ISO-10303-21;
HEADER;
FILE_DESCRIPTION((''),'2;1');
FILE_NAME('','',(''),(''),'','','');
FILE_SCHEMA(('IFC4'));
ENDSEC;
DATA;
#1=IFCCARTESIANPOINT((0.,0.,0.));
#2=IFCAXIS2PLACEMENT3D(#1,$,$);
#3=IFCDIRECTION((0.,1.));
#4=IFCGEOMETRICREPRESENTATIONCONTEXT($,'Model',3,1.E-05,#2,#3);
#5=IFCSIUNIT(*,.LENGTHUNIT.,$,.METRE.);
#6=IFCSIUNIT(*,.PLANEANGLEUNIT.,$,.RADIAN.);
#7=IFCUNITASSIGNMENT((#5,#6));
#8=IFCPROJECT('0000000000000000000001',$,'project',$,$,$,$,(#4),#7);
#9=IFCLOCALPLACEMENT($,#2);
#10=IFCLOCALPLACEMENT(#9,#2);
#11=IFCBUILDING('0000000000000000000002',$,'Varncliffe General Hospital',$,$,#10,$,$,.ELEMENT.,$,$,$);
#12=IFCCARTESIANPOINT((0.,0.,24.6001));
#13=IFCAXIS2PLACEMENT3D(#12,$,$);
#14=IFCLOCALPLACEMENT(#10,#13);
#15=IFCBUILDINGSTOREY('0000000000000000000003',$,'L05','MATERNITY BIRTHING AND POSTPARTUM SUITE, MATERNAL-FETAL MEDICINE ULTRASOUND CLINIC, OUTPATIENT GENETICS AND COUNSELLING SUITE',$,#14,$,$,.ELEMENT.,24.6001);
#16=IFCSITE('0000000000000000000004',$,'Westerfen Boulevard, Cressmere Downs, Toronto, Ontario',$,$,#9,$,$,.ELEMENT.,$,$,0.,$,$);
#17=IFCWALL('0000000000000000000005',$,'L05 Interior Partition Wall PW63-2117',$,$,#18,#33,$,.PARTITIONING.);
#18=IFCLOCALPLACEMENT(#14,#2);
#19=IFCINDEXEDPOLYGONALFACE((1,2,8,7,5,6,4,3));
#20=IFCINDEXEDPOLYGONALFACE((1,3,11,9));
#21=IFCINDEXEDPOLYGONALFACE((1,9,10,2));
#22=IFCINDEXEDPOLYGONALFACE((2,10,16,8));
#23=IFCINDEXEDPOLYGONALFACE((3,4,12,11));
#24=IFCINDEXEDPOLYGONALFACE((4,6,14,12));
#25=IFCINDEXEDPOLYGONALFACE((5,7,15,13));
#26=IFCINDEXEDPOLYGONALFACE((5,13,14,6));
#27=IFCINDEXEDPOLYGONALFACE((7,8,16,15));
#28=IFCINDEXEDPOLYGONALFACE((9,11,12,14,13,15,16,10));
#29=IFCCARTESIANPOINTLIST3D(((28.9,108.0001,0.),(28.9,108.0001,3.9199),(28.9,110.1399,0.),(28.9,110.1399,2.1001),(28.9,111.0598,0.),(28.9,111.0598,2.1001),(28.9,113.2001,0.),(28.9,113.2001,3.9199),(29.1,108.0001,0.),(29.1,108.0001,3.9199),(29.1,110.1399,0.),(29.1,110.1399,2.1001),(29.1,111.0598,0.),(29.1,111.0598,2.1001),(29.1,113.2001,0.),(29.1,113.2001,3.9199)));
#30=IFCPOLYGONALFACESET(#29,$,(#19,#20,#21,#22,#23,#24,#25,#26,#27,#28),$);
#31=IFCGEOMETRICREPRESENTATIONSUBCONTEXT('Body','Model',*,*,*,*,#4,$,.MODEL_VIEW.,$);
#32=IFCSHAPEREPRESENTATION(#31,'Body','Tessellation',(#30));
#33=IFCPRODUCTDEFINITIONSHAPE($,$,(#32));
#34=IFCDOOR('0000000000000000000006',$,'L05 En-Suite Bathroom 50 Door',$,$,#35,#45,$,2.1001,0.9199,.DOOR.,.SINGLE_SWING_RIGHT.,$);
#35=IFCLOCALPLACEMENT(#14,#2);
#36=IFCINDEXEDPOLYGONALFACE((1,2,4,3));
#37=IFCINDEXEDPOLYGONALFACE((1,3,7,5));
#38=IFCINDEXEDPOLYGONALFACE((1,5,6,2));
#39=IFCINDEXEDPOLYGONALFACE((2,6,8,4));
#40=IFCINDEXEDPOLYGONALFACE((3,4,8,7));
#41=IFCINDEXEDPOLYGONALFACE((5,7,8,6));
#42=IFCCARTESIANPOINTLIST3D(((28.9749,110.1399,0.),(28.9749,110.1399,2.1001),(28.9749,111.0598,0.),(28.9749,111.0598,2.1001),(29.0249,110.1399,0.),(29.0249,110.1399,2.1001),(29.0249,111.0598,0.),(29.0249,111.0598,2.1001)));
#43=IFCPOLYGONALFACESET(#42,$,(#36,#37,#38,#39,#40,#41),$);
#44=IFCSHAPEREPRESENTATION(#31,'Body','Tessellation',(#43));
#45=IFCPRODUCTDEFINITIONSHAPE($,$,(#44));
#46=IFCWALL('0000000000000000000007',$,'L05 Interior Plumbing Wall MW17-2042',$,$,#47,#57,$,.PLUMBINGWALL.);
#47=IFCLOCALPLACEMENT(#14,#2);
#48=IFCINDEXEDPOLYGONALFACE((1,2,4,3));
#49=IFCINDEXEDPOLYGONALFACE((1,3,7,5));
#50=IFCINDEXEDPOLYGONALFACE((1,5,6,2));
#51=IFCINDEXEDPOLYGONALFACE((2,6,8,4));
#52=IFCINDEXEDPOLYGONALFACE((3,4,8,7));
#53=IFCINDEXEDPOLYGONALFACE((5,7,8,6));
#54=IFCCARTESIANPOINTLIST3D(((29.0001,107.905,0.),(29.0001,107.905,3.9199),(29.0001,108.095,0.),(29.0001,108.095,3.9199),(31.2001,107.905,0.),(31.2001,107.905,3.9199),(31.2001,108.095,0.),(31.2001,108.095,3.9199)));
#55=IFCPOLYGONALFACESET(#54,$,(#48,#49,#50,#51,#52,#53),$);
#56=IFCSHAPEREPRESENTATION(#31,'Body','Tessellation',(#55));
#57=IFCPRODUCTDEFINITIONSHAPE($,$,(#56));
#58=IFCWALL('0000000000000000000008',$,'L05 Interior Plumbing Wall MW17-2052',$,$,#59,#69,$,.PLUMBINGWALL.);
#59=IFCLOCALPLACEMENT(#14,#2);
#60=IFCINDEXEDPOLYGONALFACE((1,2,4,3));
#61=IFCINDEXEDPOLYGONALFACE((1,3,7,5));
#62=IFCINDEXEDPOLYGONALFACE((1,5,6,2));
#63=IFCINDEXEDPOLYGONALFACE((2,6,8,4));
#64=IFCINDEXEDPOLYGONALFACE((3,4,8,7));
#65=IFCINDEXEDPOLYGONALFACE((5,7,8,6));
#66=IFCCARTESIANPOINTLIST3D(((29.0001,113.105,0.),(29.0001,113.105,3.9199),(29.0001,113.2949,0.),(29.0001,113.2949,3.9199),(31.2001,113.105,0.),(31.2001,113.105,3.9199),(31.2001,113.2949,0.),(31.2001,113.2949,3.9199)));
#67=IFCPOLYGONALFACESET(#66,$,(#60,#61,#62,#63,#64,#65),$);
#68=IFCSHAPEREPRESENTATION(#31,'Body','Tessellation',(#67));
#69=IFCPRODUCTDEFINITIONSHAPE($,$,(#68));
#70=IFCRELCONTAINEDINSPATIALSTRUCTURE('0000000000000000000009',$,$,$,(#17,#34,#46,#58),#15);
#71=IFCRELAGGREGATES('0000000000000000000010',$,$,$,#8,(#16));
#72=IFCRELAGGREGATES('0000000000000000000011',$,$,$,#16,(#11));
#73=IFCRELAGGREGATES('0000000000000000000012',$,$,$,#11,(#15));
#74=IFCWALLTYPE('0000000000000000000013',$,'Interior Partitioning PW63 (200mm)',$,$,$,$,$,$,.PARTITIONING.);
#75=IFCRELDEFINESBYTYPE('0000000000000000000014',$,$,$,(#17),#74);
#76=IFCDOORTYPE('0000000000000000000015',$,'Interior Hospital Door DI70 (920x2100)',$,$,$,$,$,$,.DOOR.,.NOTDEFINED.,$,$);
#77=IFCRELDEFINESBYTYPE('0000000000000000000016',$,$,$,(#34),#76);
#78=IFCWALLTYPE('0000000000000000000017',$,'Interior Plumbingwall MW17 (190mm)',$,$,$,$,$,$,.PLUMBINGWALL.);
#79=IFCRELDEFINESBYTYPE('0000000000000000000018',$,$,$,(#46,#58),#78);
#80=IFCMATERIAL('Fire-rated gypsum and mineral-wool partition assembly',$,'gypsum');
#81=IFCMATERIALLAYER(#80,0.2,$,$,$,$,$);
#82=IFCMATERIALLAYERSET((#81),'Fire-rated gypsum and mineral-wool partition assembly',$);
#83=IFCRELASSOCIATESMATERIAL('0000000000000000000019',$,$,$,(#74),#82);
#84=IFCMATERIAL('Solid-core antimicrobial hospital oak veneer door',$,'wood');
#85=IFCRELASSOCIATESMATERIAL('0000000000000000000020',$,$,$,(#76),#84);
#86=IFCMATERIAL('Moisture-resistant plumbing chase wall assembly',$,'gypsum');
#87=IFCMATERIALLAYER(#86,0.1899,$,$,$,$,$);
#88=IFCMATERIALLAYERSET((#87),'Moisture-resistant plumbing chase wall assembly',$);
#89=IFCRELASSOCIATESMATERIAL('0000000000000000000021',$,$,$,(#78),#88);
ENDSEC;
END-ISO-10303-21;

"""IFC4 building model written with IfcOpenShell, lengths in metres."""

from ifc_helpers import new_model, si_unit, direction, frame, frame_2d, origin, place, context, subcontext, project, spatial, rectangle, extrude, material, layer, layer_set, type_object, element, fill, save


model = new_model("IFC4")

# Units and contexts
model_context = context("Model", 3, precision=1e-05, world=origin(), true_north=direction((0.0, 1.0)))
body_context = subcontext(model_context, "Body", "Model", "MODEL_VIEW")
ifc_project = project(units=[si_unit("LENGTHUNIT", "METRE"), si_unit("PLANEANGLEUNIT", "RADIAN")], contexts=[model_context])

# Site, building, storey
site_placement = place(None, origin())
site = spatial("IfcSite", under=ifc_project, at=site_placement, Name="Westerfen Boulevard, Cressmere Downs, Toronto, Ontario", CompositionType="ELEMENT", RefElevation=0.0)
building_placement = place(site_placement, origin())
building = spatial("IfcBuilding", under=site, at=building_placement, Name="Varncliffe General Hospital", CompositionType="ELEMENT")
storey_placement = place(building_placement, frame((0.0, 0.0, 24.6001)))
storey = spatial("IfcBuildingStorey", under=building, at=storey_placement, Name="L05", Description="MATERNITY BIRTHING AND POSTPARTUM SUITE, MATERNAL-FETAL MEDICINE ULTRASOUND CLINIC, OUTPATIENT GENETICS AND COUNSELLING SUITE", CompositionType="ELEMENT", Elevation=24.6001)

# Shared definitions
ifc_material_1 = material(Name="Fire-rated gypsum and mineral-wool partition assembly", Category="gypsum")

# Wall, opening, door
ifc_layer_1 = layer(ifc_material_1, 0.2)
ifc_layer_set_1 = layer_set([ifc_layer_1], Name="Fire-rated gypsum and mineral-wool partition assembly")
wall_type_1 = type_object("IfcWallType", Name="Interior Partitioning PW63 (200mm)", PredefinedType="PARTITIONING", material=ifc_layer_set_1)
wall_1_placement = place(storey_placement, frame((29.0, 108.0, 0.0), z_axis=(0.0, 0.0, 1.0), x_axis=(0.0, 1.0, 0.0)))
wall_1 = element("IfcWall", 1, at=wall_1_placement, inside=storey, type_object=wall_type_1, Name="L05 Interior Partition Wall PW63-2117", PredefinedType="PARTITIONING", context=body_context, shape_type="SweptSolid", body=[
    extrude(rectangle(XDim=5.2, YDim=0.2, at=frame_2d((2.6001, 0.0))), origin(), (0.0, 0.0, 1.0), 3.9199),
])
opening_1_placement = place(wall_1_placement, frame((2.1399, 0.0, 0.0)))
opening_1 = element("IfcOpeningElement", 2, at=opening_1_placement, cuts=wall_1, PredefinedType="OPENING", context=body_context, shape_type="SweptSolid", body=[
    extrude(rectangle(XDim=0.9199, YDim=2.1001, at=frame_2d((0.46, 1.05))), frame((0.0, 0.1099, 0.0), z_axis=(0.0, -1.0, 0.0), x_axis=(1.0, 0.0, 0.0)), (0.0, 0.0, 1.0), 0.22),
])
ifc_material_2 = material(Name="Solid-core antimicrobial hospital oak veneer door", Category="wood")
door_type_1 = type_object("IfcDoorType", Name="Interior Hospital Door DI70 (920x2100)", OperationType="NOTDEFINED", PredefinedType="DOOR", material=ifc_material_2)
door_1_placement = place(opening_1_placement, frame((0.9199, 0.0, 0.0), z_axis=(0.0, 0.0, 1.0), x_axis=(-1.0, 0.0, 0.0)))
door_1 = element("IfcDoor", 3, at=door_1_placement, inside=storey, type_object=door_type_1, Name="L05 En-Suite Bathroom 50 Door", OperationType="SINGLE_SWING_RIGHT", OverallHeight=2.1001, OverallWidth=0.9199, PredefinedType="DOOR", context=body_context, shape_type="SweptSolid", body=[
    extrude(rectangle(XDim=0.9199, YDim=2.1001, at=frame_2d((0.46, 1.05))), frame((0.0, 0.0249, 0.0), z_axis=(0.0, -1.0, 0.0), x_axis=(1.0, 0.0, 0.0)), (0.0, 0.0, 1.0), 0.05),
])
fill(opening_1, door_1)

# Walls
ifc_material_3 = material(Name="Moisture-resistant plumbing chase wall assembly", Category="gypsum")
ifc_layer_2 = layer(ifc_material_3, 0.1899)
ifc_layer_set_2 = layer_set([ifc_layer_2], Name="Moisture-resistant plumbing chase wall assembly")
wall_type_2 = type_object("IfcWallType", Name="Interior Plumbingwall MW17 (190mm)", PredefinedType="PLUMBINGWALL", material=ifc_layer_set_2)
for number, where, z_axis, x_axis, name in (
    (4, (29.0, 108.0, 0.0), (0.0, 0.0, 1.0), (1.0, 0.0, 0.0), "L05 Interior Plumbing Wall MW17-2042"),
    (5, (29.0, 113.2, 0.0), (0.0, 0.0, 1.0), (1.0, 0.0, 0.0), "L05 Interior Plumbing Wall MW17-2052"),
):
    element("IfcWall", number, at=place(storey_placement, frame(where, z_axis=z_axis, x_axis=x_axis)), inside=storey, type_object=wall_type_2, Name=name, PredefinedType="PLUMBINGWALL", context=body_context, shape_type="SweptSolid", body=[
        extrude(rectangle(XDim=2.2, YDim=0.1899, at=frame_2d((1.1001, 0.0))), origin(), (0.0, 0.0, 1.0), 3.9199),
    ])

save(model, "model.ifc")
